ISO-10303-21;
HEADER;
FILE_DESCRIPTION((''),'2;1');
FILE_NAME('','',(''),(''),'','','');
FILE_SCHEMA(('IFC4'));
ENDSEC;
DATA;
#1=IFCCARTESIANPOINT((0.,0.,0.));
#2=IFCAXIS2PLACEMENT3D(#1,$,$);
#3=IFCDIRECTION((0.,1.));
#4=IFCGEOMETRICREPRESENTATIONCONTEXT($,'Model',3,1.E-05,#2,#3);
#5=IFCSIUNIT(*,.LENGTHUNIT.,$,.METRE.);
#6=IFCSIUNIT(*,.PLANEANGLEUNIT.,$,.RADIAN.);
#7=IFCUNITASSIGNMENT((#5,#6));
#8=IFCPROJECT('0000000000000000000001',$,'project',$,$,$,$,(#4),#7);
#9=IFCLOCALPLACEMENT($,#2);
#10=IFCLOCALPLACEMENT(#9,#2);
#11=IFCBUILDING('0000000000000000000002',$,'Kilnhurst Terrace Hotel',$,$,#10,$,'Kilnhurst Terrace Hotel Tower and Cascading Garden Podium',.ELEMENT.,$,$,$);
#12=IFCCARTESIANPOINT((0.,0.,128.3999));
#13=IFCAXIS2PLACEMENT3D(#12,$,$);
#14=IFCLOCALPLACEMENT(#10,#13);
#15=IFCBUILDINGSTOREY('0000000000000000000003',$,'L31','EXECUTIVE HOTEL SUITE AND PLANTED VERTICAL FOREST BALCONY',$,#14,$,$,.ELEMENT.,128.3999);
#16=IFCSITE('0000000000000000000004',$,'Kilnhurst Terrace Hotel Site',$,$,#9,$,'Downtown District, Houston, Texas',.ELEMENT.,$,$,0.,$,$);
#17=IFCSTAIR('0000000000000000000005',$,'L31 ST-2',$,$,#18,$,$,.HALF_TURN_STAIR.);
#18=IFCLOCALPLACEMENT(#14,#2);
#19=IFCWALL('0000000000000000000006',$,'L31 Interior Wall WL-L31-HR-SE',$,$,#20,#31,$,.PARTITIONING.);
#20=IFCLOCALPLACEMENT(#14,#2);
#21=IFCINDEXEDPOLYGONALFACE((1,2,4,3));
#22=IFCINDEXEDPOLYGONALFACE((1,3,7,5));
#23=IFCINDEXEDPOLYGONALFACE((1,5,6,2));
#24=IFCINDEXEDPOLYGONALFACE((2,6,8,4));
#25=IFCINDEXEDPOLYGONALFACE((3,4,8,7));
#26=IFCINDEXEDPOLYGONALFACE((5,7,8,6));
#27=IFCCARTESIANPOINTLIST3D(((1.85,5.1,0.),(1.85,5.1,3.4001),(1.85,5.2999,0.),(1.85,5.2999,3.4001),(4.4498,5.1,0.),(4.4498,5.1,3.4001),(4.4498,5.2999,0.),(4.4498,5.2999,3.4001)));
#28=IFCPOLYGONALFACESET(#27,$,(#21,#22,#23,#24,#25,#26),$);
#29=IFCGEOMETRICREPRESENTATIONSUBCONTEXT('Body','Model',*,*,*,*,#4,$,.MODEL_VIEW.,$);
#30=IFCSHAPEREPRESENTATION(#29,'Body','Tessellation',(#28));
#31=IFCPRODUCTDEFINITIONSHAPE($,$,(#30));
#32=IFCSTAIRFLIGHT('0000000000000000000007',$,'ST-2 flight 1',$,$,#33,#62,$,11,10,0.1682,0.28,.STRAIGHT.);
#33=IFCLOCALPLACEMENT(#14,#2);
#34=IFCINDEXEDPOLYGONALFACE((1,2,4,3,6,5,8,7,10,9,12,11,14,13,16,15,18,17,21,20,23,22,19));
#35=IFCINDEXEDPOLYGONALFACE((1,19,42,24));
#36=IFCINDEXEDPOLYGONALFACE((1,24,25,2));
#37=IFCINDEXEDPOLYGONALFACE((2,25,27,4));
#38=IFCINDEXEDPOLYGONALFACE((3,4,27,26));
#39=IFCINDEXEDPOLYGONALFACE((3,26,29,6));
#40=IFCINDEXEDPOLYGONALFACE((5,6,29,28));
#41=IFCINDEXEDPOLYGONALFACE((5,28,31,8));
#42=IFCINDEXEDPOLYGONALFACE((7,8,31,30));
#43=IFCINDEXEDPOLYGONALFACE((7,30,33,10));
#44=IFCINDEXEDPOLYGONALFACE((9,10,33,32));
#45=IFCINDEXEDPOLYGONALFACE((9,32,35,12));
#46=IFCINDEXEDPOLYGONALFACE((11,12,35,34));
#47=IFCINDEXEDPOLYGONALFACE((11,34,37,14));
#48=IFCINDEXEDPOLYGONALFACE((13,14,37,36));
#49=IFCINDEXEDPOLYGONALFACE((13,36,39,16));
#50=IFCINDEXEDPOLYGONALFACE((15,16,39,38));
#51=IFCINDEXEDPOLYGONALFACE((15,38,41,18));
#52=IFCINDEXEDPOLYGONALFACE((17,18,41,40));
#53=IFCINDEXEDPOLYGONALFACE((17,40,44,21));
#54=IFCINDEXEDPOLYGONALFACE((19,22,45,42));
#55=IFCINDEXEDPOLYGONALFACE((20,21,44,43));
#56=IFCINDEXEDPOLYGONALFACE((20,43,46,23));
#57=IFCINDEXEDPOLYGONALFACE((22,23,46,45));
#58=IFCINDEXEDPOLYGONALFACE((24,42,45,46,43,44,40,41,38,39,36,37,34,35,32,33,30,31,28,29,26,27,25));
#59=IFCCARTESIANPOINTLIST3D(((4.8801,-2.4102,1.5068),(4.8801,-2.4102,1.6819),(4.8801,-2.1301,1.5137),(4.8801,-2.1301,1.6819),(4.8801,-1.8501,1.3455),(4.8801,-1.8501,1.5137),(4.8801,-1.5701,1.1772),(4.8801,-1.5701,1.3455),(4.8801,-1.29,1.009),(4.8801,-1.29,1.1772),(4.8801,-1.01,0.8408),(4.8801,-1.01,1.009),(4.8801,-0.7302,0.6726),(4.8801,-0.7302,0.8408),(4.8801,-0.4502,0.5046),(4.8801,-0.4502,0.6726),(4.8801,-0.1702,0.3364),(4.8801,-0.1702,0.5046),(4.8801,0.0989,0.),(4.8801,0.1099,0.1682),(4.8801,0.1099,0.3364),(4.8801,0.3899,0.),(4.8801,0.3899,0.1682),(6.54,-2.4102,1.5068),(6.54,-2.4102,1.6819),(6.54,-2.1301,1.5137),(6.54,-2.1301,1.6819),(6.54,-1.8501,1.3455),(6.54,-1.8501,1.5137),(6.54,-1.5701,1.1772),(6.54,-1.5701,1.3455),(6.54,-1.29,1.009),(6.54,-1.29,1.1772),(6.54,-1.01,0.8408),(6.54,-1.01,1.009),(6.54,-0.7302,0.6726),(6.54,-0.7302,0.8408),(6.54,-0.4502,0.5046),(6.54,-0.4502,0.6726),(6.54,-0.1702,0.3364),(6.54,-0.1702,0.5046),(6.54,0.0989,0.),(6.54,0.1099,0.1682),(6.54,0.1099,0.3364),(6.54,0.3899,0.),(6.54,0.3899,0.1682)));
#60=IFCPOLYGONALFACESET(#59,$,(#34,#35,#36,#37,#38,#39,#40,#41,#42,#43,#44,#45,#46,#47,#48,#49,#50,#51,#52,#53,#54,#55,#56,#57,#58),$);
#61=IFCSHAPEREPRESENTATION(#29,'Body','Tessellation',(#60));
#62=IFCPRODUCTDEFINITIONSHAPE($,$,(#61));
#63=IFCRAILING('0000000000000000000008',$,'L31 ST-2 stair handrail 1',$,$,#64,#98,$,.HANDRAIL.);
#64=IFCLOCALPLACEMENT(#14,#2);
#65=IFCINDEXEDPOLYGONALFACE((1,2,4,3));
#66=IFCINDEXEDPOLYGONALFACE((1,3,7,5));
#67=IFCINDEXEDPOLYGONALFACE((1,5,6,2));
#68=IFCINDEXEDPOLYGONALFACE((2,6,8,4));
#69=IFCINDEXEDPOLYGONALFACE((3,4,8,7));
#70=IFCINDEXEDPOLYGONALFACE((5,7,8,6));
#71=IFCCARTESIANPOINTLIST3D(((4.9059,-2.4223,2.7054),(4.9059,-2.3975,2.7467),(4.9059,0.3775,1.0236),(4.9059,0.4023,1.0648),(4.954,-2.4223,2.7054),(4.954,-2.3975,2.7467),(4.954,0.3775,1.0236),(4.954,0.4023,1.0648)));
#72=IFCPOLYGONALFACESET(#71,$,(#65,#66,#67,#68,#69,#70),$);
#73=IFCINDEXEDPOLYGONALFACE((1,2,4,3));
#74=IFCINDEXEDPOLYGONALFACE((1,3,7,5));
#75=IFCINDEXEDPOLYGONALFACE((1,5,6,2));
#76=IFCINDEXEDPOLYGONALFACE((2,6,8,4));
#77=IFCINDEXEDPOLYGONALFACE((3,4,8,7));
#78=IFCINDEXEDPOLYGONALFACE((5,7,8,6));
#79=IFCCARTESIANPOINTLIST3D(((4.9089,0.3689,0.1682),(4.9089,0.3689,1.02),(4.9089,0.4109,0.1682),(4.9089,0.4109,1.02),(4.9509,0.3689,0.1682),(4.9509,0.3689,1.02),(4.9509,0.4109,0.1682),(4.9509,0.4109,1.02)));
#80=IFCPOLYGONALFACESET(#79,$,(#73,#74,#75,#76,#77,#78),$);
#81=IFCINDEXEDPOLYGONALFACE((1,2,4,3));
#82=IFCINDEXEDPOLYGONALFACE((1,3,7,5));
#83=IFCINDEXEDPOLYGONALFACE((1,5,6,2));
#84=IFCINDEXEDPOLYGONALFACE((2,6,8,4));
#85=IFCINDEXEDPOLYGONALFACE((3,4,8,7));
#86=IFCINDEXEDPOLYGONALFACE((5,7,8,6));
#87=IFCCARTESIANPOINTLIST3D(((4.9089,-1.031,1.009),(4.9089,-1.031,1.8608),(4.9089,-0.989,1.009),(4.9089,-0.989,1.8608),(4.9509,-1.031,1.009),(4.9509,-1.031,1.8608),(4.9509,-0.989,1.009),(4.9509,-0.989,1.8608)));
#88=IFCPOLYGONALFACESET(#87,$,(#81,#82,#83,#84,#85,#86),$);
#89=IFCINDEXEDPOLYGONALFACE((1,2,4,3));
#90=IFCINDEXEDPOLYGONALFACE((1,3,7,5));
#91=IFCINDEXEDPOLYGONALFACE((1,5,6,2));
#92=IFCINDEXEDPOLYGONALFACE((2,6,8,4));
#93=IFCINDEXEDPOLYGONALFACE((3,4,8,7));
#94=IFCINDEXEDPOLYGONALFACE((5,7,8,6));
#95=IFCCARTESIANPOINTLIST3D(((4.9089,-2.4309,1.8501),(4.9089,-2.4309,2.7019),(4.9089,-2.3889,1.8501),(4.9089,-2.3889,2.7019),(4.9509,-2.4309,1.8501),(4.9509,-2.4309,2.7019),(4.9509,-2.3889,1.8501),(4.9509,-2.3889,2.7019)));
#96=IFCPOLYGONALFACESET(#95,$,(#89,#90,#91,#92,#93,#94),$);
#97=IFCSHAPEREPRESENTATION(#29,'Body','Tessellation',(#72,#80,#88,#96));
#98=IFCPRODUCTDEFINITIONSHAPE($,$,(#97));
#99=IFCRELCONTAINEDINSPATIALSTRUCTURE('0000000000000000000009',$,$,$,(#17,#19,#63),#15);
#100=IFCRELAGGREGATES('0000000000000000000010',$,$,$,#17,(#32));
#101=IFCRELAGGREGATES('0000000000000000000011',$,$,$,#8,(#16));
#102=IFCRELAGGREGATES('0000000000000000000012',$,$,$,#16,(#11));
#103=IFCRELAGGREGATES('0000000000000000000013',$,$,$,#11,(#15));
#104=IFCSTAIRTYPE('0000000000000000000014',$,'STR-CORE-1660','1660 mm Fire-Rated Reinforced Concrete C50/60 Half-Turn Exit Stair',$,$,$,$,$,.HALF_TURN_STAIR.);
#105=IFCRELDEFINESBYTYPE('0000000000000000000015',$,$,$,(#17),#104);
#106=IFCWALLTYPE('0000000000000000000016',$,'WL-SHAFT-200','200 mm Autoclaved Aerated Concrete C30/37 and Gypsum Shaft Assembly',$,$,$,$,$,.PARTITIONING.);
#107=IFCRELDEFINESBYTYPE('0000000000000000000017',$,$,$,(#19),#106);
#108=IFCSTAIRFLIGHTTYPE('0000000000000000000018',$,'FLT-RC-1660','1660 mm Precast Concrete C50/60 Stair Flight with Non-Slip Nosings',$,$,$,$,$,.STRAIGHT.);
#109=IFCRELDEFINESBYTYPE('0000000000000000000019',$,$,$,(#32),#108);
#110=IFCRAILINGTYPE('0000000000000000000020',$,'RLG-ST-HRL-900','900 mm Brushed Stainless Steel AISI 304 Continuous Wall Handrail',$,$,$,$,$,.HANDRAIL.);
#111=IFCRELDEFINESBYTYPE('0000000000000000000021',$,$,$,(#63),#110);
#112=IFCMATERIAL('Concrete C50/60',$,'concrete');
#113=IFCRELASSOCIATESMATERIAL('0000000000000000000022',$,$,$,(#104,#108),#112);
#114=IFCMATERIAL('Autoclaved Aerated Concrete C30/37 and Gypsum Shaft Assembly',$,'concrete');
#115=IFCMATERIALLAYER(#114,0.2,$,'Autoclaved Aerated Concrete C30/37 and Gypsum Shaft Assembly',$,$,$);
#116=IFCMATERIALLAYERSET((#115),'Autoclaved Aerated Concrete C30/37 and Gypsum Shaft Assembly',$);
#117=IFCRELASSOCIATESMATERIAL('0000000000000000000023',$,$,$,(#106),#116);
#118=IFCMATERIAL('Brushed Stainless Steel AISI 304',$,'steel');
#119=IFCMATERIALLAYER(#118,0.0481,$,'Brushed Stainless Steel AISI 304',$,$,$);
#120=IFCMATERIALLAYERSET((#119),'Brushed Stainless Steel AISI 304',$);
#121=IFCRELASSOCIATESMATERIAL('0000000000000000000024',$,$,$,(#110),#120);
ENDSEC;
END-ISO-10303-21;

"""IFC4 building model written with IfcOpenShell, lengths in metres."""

from ifc_helpers import new_model, si_unit, direction, frame, frame_2d, origin, origin_2d, place, context, subcontext, project, spatial, polyline, rectangle, outline, extrude, material, layer, layer_set, type_object, element, aggregate, save


model = new_model("IFC4")

# Units and contexts
model_context = context("Model", 3, precision=1e-05, world=origin(), true_north=direction((0.0, 1.0)))
body_context = subcontext(model_context, "Body", "Model", "MODEL_VIEW")
ifc_project = project(units=[si_unit("LENGTHUNIT", "METRE"), si_unit("PLANEANGLEUNIT", "RADIAN")], contexts=[model_context])

# Site, building, storey
site_placement = place(None, origin())
site = spatial("IfcSite", under=ifc_project, at=site_placement, Name="Kilnhurst Terrace Hotel Site", LongName="Downtown District, Houston, Texas", CompositionType="ELEMENT", RefElevation=0.0)
building_placement = place(site_placement, origin())
building = spatial("IfcBuilding", under=site, at=building_placement, Name="Kilnhurst Terrace Hotel", LongName="Kilnhurst Terrace Hotel Tower and Cascading Garden Podium", CompositionType="ELEMENT")
storey_placement = place(building_placement, frame((0.0, 0.0, 128.3999)))
storey = spatial("IfcBuildingStorey", under=building, at=storey_placement, Name="L31", Description="EXECUTIVE HOTEL SUITE AND PLANTED VERTICAL FOREST BALCONY", CompositionType="ELEMENT", Elevation=128.3999)

# Stair
ifc_material_1 = material(Name="Concrete C50/60", Category="concrete")
stair_type = type_object("IfcStairType", Name="STR-CORE-1660", Description="1660 mm Fire-Rated Reinforced Concrete C50/60 Half-Turn Exit Stair", PredefinedType="HALF_TURN_STAIR", material=ifc_material_1)
stair_1_placement = place(storey_placement, origin())
stair_1 = element("IfcStair", 1, at=stair_1_placement, inside=storey, type_object=stair_type, Name="L31 ST-2", PredefinedType="HALF_TURN_STAIR")

# Shared definitions
ifc_material_2 = material(Name="Autoclaved Aerated Concrete C30/37 and Gypsum Shaft Assembly", Category="concrete")
ifc_layer_1 = layer(ifc_material_2, 0.2, Name="Autoclaved Aerated Concrete C30/37 and Gypsum Shaft Assembly")
ifc_layer_set_1 = layer_set([ifc_layer_1], Name="Autoclaved Aerated Concrete C30/37 and Gypsum Shaft Assembly")
wall_type_1 = type_object("IfcWallType", Name="WL-SHAFT-200", Description="200 mm Autoclaved Aerated Concrete C30/37 and Gypsum Shaft Assembly", PredefinedType="PARTITIONING", material=ifc_layer_set_1)

# Wall
wall_1_placement = place(storey_placement, frame((1.8501, 5.2, 0.0), z_axis=(0.0, 0.0, 1.0), x_axis=(1.0, 0.0, 0.0)))
element("IfcWall", 2, at=wall_1_placement, inside=storey, type_object=wall_type_1, Name="L31 Interior Wall WL-L31-HR-SE", PredefinedType="PARTITIONING", context=body_context, shape_type="SweptSolid", body=[
    extrude(rectangle(XDim=2.5999, YDim=0.2, at=frame_2d((1.2998, 0.0))), origin(), (0.0, 0.0, 1.0), 3.4001),
])

# Stair flight
stair_flight_type = type_object("IfcStairFlightType", Name="FLT-RC-1660", Description="1660 mm Precast Concrete C50/60 Stair Flight with Non-Slip Nosings", PredefinedType="STRAIGHT", material=ifc_material_1)
stair_flight_placement = place(storey_placement, frame((5.71, 0.3899, 0.0), z_axis=(0.0, 0.0, 1.0), x_axis=(0.0, -1.0, 0.0)))
stair_flight = element("IfcStairFlight", 3, at=stair_flight_placement, type_object=stair_flight_type, Name="ST-2 flight 1", NumberOfRisers=11, NumberOfTreads=10, PredefinedType="STRAIGHT", RiserHeight=0.1682, TreadLength=0.28, context=body_context, shape_type="SweptSolid", body=[
    extrude(outline(polyline([(0.0, 0.0), (0.0, 0.1682), (0.28, 0.1682), (0.28, 0.3364), (0.5601, 0.3364), (0.5601, 0.5046), (0.8401, 0.5046), (0.8401, 0.6726), (1.1201, 0.6726), (1.1201, 0.8408), (1.3999, 0.8408), (1.3999, 1.009), (1.6799, 1.009), (1.6799, 1.1772), (1.96, 1.1772), (1.96, 1.3455), (2.24, 1.3455), (2.24, 1.5137), (2.52, 1.5137), (2.52, 1.6819), (2.8, 1.6819), (2.8, 1.8501), (2.8, 1.5068), (0.291, 0.0), (0.0, 0.0)])), frame((0.0, 0.8301, 0.0), z_axis=(0.0, -1.0, 0.0), x_axis=(1.0, 0.0, 0.0)), (0.0, 0.0, 1.0), 1.6599),
])
aggregate(stair_1, [stair_flight])

# Railing
ifc_material_3 = material(Name="Brushed Stainless Steel AISI 304", Category="steel")
ifc_layer_2 = layer(ifc_material_3, 0.0481, Name="Brushed Stainless Steel AISI 304")
ifc_layer_set_2 = layer_set([ifc_layer_2], Name="Brushed Stainless Steel AISI 304")
railing_type = type_object("IfcRailingType", Name="RLG-ST-HRL-900", Description="900 mm Brushed Stainless Steel AISI 304 Continuous Wall Handrail", PredefinedType="HANDRAIL", material=ifc_layer_set_2)
railing_placement = place(storey_placement, frame((4.9299, 0.3899, 0.1682)))
element("IfcRailing", 4, at=railing_placement, inside=storey, type_object=railing_type, Name="L31 ST-2 stair handrail 1", PredefinedType="HANDRAIL", context=body_context, shape_type="SweptSolid", body=[
    extrude(rectangle(XDim=0.0481, YDim=0.0481, at=origin_2d()), frame((0.0, 0.0, 0.876), z_axis=(0.0, -0.857222, 0.514946), x_axis=(1.0, 0.0, 0.0)), (0.0, 0.0, 1.0), 3.2661),
    extrude(rectangle(XDim=0.042, YDim=0.042, at=origin_2d()), origin(), (0.0, 0.0, 1.0), 0.8518),
    extrude(rectangle(XDim=0.042, YDim=0.042, at=origin_2d()), frame((0.0, -1.3999, 0.8408)), (0.0, 0.0, 1.0), 0.8518),
    extrude(rectangle(XDim=0.042, YDim=0.042, at=origin_2d()), frame((0.0, -2.7998, 1.6819)), (0.0, 0.0, 1.0), 0.8518),
])

save(model, "model.ifc")
